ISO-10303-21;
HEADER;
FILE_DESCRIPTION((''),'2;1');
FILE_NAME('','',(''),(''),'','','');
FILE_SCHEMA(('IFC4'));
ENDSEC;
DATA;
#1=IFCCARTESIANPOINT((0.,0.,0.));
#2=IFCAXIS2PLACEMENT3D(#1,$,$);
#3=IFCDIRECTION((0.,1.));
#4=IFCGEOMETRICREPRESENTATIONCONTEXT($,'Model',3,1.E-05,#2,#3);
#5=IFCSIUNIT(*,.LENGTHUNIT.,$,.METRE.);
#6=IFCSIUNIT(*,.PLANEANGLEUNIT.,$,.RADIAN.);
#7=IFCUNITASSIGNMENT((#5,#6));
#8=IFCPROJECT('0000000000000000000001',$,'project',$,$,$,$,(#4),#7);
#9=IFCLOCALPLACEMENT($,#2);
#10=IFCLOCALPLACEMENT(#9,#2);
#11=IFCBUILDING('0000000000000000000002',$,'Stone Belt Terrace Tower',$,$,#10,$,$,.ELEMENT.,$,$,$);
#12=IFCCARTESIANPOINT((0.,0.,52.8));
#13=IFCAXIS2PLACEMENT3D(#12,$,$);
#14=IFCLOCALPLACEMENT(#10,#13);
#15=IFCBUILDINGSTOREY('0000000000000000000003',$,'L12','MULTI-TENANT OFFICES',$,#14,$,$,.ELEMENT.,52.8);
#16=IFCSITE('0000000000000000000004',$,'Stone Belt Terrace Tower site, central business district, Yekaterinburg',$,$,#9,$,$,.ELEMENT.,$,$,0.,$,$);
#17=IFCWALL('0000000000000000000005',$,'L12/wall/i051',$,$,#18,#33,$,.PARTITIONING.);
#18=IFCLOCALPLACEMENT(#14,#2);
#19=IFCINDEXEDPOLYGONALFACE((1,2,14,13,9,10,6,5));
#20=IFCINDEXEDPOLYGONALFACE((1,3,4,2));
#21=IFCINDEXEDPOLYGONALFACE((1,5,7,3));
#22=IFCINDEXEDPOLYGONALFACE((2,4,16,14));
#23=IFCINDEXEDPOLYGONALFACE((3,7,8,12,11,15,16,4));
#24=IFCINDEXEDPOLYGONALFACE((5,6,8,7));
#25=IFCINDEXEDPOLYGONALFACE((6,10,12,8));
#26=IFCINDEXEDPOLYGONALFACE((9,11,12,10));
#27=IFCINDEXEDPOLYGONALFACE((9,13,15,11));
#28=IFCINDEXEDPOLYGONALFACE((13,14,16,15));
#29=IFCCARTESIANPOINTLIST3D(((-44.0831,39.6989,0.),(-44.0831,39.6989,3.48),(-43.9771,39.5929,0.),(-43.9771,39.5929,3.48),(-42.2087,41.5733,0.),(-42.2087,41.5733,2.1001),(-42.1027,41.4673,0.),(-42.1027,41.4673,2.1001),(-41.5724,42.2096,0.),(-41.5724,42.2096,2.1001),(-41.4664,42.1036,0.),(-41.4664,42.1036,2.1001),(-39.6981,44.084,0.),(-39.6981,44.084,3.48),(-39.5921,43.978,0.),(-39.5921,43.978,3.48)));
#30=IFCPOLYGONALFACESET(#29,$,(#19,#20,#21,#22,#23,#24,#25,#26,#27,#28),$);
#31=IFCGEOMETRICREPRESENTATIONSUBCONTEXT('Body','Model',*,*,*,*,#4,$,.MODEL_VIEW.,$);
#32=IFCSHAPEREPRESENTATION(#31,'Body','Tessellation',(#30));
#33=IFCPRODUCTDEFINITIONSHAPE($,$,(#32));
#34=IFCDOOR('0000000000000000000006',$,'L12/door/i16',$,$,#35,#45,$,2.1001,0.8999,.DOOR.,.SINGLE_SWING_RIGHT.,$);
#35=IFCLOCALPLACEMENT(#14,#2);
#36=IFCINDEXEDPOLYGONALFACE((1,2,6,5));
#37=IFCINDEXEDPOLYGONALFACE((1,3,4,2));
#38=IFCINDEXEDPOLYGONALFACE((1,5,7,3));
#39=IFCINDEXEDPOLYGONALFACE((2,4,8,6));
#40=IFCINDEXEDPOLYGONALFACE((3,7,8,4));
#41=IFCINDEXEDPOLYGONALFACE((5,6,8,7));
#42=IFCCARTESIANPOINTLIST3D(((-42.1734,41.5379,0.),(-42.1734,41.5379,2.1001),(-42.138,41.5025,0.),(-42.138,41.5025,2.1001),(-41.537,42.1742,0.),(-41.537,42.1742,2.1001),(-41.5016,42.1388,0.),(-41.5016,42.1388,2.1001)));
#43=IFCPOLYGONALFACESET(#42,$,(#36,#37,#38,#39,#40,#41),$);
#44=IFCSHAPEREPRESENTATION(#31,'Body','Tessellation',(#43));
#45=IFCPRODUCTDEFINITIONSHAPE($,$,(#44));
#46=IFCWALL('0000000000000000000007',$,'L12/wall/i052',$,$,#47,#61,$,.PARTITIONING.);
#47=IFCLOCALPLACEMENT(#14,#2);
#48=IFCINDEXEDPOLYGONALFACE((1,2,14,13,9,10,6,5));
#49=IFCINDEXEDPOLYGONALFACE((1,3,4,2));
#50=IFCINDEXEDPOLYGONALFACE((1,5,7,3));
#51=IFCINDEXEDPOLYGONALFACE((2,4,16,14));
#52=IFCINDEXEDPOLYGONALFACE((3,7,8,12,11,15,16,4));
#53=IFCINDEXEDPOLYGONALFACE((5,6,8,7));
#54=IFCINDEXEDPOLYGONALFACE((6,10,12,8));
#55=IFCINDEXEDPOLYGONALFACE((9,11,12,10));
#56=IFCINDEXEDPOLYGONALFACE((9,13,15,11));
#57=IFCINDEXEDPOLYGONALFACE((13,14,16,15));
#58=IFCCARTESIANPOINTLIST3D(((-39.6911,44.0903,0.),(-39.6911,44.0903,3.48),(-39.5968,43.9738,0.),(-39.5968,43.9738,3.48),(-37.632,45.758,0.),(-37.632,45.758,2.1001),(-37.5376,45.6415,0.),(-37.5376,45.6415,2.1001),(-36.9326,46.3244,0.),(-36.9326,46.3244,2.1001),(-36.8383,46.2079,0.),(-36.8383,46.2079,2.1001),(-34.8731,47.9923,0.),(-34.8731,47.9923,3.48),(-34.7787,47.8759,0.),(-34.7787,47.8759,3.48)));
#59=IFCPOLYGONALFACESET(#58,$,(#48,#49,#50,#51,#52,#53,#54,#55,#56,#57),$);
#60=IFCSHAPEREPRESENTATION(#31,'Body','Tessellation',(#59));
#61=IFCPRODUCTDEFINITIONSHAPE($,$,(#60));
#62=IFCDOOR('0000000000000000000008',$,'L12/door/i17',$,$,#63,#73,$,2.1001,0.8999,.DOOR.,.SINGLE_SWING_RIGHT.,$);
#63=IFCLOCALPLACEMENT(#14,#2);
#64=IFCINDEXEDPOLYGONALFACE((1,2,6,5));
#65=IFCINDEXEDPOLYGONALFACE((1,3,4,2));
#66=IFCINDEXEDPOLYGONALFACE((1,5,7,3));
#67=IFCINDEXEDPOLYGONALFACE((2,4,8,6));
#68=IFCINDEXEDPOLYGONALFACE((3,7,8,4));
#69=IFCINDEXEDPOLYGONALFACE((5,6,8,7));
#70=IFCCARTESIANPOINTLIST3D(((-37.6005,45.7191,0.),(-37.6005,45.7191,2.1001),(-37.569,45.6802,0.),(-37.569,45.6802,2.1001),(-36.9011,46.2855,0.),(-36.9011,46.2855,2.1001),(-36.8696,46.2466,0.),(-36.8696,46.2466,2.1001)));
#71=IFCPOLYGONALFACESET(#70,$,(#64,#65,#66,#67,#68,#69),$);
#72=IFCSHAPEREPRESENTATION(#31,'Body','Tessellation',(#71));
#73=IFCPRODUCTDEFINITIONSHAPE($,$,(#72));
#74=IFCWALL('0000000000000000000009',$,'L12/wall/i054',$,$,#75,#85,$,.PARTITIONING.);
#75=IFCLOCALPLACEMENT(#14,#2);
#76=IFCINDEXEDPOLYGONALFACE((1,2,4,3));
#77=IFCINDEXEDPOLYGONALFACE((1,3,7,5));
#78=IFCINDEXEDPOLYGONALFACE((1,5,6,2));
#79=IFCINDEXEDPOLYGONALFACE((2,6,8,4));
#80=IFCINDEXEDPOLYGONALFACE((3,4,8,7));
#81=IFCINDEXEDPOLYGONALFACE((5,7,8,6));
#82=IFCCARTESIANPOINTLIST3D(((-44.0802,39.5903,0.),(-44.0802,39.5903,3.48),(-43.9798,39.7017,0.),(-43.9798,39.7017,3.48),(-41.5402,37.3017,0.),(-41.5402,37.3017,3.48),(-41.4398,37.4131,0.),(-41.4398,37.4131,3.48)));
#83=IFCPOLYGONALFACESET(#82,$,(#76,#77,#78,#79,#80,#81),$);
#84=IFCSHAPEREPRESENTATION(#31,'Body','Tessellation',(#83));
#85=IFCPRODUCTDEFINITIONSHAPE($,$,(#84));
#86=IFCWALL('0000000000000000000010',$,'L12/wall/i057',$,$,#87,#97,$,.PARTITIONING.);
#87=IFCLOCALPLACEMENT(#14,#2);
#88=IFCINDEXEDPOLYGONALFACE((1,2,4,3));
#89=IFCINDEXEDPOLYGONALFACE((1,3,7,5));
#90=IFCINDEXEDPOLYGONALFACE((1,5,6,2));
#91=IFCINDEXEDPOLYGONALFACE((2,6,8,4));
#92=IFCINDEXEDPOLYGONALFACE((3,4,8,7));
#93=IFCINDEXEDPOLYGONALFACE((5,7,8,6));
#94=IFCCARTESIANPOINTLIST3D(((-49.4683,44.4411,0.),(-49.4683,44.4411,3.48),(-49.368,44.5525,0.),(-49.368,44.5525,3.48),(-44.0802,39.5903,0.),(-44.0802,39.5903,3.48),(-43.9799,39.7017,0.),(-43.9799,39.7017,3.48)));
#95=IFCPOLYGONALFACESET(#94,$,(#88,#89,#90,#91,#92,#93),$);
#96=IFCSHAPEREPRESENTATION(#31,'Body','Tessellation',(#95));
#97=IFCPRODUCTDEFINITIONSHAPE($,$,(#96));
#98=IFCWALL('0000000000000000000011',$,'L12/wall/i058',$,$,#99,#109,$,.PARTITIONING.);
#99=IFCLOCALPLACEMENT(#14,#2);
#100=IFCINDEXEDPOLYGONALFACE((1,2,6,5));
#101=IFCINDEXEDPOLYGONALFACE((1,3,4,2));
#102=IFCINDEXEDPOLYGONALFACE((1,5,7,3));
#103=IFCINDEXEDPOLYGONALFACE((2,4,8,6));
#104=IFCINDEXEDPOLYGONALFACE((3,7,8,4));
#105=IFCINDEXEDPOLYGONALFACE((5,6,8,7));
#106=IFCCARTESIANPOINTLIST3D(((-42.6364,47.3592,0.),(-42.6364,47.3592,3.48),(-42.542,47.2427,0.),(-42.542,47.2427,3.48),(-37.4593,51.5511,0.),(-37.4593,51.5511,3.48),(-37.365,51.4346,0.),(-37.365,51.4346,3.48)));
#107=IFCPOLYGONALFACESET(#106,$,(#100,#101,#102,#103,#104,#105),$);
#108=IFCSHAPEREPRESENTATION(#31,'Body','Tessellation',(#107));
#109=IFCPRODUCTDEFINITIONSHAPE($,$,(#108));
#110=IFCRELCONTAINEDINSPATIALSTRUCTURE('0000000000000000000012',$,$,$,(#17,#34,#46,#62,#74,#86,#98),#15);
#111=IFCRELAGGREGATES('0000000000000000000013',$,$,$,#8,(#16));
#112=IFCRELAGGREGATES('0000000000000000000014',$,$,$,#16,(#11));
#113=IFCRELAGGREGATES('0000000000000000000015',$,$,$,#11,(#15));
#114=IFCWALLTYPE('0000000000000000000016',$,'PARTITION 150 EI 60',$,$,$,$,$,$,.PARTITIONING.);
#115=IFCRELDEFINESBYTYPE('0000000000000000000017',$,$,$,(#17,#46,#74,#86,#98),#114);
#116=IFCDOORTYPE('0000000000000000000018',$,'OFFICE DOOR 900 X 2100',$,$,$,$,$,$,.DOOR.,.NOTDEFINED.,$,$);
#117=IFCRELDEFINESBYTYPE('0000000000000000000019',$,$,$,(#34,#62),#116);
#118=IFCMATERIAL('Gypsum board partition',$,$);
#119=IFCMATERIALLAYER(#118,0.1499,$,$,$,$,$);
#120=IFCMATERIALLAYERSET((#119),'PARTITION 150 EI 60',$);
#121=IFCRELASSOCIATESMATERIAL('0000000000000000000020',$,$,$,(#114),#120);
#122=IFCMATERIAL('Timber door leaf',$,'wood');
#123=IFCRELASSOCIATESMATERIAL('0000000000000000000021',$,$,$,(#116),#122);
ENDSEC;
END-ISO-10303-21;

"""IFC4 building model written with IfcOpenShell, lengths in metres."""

from ifc_helpers import new_model, si_unit, direction, frame, frame_2d, origin, place, context, subcontext, project, spatial, rectangle, extrude, material, layer, layer_set, type_object, element, fill, save


model = new_model("IFC4")

# Units and contexts
model_context = context("Model", 3, precision=1e-05, world=origin(), true_north=direction((0.0, 1.0)))
body_context = subcontext(model_context, "Body", "Model", "MODEL_VIEW")
ifc_project = project(units=[si_unit("LENGTHUNIT", "METRE"), si_unit("PLANEANGLEUNIT", "RADIAN")], contexts=[model_context])

# Site, building, storey
site_placement = place(None, origin())
site = spatial("IfcSite", under=ifc_project, at=site_placement, Name="Stone Belt Terrace Tower site, central business district, Yekaterinburg", CompositionType="ELEMENT", RefElevation=0.0)
building_placement = place(site_placement, origin())
building = spatial("IfcBuilding", under=site, at=building_placement, Name="Stone Belt Terrace Tower", CompositionType="ELEMENT")
storey_placement = place(building_placement, frame((0.0, 0.0, 52.8)))
storey = spatial("IfcBuildingStorey", under=building, at=storey_placement, Name="L12", Description="MULTI-TENANT OFFICES", CompositionType="ELEMENT", Elevation=52.8)

# Shared definitions
ifc_material_1 = material(Name="Gypsum board partition")
ifc_layer_1 = layer(ifc_material_1, 0.1499)
ifc_layer_set_1 = layer_set([ifc_layer_1], Name="PARTITION 150 EI 60")
wall_type = type_object("IfcWallType", Name="PARTITION 150 EI 60", PredefinedType="PARTITIONING", material=ifc_layer_set_1)

# Shared definitions
ifc_material_2 = material(Name="Timber door leaf", Category="wood")
door_type = type_object("IfcDoorType", Name="OFFICE DOOR 900 X 2100", OperationType="NOTDEFINED", PredefinedType="DOOR", material=ifc_material_2)

# Walls, openings, doors
wall_1_placement = place(storey_placement, frame((-44.03, 39.646, 0.0), z_axis=(0.0, 0.0, 1.0), x_axis=(0.707107, 0.707107, 0.0)))
wall_1 = element("IfcWall", 1, at=wall_1_placement, inside=storey, type_object=wall_type, Name="L12/wall/i051", PredefinedType="PARTITIONING", context=body_context, shape_type="SweptSolid", body=[
    extrude(rectangle(XDim=6.2014, YDim=0.1499, at=frame_2d((3.1006, 0.0))), origin(), (0.0, 0.0, 1.0), 3.48),
])
opening_1_placement = place(wall_1_placement, frame((2.6506, 0.0, 0.0)))
opening_1 = element("IfcOpeningElement", 2, at=opening_1_placement, cuts=wall_1, PredefinedType="OPENING", context=body_context, shape_type="SweptSolid", body=[
    extrude(rectangle(XDim=0.8999, YDim=2.1001, at=frame_2d((0.45, 1.05))), frame((0.0, 0.085, 0.0), z_axis=(0.0, -1.0, 0.0), x_axis=(1.0, 0.0, 0.0)), (0.0, 0.0, 1.0), 0.1699),
])
door_1_placement = place(opening_1_placement, origin())
door_1 = element("IfcDoor", 3, at=door_1_placement, inside=storey, type_object=door_type, Name="L12/door/i16", OperationType="SINGLE_SWING_RIGHT", OverallHeight=2.1001, OverallWidth=0.8999, PredefinedType="DOOR", context=body_context, shape_type="SweptSolid", body=[
    extrude(rectangle(XDim=0.8999, YDim=2.1001, at=frame_2d((0.45, 1.05))), frame((0.0, 0.0249, 0.0), z_axis=(0.0, -1.0, 0.0), x_axis=(1.0, 0.0, 0.0)), (0.0, 0.0, 1.0), 0.05),
])
fill(opening_1, door_1)
wall_2_placement = place(storey_placement, frame((-39.644, 44.032, 0.0), z_axis=(0.0, 0.0, 1.0), x_axis=(0.777109, 0.629366, 0.0)))
wall_2 = element("IfcWall", 4, at=wall_2_placement, inside=storey, type_object=wall_type, Name="L12/wall/i052", PredefinedType="PARTITIONING", context=body_context, shape_type="SweptSolid", body=[
    extrude(rectangle(XDim=6.2, YDim=0.1499, at=frame_2d((3.1001, 0.0))), origin(), (0.0, 0.0, 1.0), 3.48),
])
opening_2_placement = place(wall_2_placement, frame((2.6499, 0.0, 0.0)))
opening_2 = element("IfcOpeningElement", 5, at=opening_2_placement, cuts=wall_2, PredefinedType="OPENING", context=body_context, shape_type="SweptSolid", body=[
    extrude(rectangle(XDim=0.8999, YDim=2.1001, at=frame_2d((0.45, 1.05))), frame((0.0, 0.085, 0.0), z_axis=(0.0, -1.0, 0.0), x_axis=(1.0, 0.0, 0.0)), (0.0, 0.0, 1.0), 0.1699),
])
door_2_placement = place(opening_2_placement, origin())
door_2 = element("IfcDoor", 6, at=door_2_placement, inside=storey, type_object=door_type, Name="L12/door/i17", OperationType="SINGLE_SWING_RIGHT", OverallHeight=2.1001, OverallWidth=0.8999, PredefinedType="DOOR", context=body_context, shape_type="SweptSolid", body=[
    extrude(rectangle(XDim=0.8999, YDim=2.1001, at=frame_2d((0.45, 1.05))), frame((0.0, 0.0249, 0.0), z_axis=(0.0, -1.0, 0.0), x_axis=(1.0, 0.0, 0.0)), (0.0, 0.0, 1.0), 0.05),
])
fill(opening_2, door_2)

# Walls
wall_3_placement = place(storey_placement, frame((-41.49, 37.3574, 0.0), z_axis=(0.0, 0.0, 1.0), x_axis=(-0.742925, 0.669375, 0.0)))
element("IfcWall", 7, at=wall_3_placement, inside=storey, type_object=wall_type, Name="L12/wall/i054", PredefinedType="PARTITIONING", context=body_context, shape_type="SweptSolid", body=[
    extrude(rectangle(XDim=3.4189, YDim=0.1499, at=frame_2d((1.7095, 0.0))), origin(), (0.0, 0.0, 1.0), 3.48),
])
wall_4_placement = place(storey_placement, frame((-44.03, 39.646, 0.0), z_axis=(0.0, 0.0, 1.0), x_axis=(-0.743194, 0.669076, 0.0)))
element("IfcWall", 8, at=wall_4_placement, inside=storey, type_object=wall_type, Name="L12/wall/i057", PredefinedType="PARTITIONING", context=body_context, shape_type="SweptSolid", body=[
    extrude(rectangle(XDim=7.25, YDim=0.1499, at=frame_2d((3.625, 0.0))), origin(), (0.0, 0.0, 1.0), 3.48),
])
wall_5_placement = place(storey_placement, frame((-42.5891, 47.301, 0.0), z_axis=(0.0, 0.0, 1.0), x_axis=(0.777172, 0.629288, 0.0)))
element("IfcWall", 9, at=wall_5_placement, inside=storey, type_object=wall_type, Name="L12/wall/i058", PredefinedType="PARTITIONING", context=body_context, shape_type="SweptSolid", body=[
    extrude(rectangle(XDim=6.6614, YDim=0.1499, at=frame_2d((3.3306, 0.0))), origin(), (0.0, 0.0, 1.0), 3.48),
])

save(model, "model.ifc")
